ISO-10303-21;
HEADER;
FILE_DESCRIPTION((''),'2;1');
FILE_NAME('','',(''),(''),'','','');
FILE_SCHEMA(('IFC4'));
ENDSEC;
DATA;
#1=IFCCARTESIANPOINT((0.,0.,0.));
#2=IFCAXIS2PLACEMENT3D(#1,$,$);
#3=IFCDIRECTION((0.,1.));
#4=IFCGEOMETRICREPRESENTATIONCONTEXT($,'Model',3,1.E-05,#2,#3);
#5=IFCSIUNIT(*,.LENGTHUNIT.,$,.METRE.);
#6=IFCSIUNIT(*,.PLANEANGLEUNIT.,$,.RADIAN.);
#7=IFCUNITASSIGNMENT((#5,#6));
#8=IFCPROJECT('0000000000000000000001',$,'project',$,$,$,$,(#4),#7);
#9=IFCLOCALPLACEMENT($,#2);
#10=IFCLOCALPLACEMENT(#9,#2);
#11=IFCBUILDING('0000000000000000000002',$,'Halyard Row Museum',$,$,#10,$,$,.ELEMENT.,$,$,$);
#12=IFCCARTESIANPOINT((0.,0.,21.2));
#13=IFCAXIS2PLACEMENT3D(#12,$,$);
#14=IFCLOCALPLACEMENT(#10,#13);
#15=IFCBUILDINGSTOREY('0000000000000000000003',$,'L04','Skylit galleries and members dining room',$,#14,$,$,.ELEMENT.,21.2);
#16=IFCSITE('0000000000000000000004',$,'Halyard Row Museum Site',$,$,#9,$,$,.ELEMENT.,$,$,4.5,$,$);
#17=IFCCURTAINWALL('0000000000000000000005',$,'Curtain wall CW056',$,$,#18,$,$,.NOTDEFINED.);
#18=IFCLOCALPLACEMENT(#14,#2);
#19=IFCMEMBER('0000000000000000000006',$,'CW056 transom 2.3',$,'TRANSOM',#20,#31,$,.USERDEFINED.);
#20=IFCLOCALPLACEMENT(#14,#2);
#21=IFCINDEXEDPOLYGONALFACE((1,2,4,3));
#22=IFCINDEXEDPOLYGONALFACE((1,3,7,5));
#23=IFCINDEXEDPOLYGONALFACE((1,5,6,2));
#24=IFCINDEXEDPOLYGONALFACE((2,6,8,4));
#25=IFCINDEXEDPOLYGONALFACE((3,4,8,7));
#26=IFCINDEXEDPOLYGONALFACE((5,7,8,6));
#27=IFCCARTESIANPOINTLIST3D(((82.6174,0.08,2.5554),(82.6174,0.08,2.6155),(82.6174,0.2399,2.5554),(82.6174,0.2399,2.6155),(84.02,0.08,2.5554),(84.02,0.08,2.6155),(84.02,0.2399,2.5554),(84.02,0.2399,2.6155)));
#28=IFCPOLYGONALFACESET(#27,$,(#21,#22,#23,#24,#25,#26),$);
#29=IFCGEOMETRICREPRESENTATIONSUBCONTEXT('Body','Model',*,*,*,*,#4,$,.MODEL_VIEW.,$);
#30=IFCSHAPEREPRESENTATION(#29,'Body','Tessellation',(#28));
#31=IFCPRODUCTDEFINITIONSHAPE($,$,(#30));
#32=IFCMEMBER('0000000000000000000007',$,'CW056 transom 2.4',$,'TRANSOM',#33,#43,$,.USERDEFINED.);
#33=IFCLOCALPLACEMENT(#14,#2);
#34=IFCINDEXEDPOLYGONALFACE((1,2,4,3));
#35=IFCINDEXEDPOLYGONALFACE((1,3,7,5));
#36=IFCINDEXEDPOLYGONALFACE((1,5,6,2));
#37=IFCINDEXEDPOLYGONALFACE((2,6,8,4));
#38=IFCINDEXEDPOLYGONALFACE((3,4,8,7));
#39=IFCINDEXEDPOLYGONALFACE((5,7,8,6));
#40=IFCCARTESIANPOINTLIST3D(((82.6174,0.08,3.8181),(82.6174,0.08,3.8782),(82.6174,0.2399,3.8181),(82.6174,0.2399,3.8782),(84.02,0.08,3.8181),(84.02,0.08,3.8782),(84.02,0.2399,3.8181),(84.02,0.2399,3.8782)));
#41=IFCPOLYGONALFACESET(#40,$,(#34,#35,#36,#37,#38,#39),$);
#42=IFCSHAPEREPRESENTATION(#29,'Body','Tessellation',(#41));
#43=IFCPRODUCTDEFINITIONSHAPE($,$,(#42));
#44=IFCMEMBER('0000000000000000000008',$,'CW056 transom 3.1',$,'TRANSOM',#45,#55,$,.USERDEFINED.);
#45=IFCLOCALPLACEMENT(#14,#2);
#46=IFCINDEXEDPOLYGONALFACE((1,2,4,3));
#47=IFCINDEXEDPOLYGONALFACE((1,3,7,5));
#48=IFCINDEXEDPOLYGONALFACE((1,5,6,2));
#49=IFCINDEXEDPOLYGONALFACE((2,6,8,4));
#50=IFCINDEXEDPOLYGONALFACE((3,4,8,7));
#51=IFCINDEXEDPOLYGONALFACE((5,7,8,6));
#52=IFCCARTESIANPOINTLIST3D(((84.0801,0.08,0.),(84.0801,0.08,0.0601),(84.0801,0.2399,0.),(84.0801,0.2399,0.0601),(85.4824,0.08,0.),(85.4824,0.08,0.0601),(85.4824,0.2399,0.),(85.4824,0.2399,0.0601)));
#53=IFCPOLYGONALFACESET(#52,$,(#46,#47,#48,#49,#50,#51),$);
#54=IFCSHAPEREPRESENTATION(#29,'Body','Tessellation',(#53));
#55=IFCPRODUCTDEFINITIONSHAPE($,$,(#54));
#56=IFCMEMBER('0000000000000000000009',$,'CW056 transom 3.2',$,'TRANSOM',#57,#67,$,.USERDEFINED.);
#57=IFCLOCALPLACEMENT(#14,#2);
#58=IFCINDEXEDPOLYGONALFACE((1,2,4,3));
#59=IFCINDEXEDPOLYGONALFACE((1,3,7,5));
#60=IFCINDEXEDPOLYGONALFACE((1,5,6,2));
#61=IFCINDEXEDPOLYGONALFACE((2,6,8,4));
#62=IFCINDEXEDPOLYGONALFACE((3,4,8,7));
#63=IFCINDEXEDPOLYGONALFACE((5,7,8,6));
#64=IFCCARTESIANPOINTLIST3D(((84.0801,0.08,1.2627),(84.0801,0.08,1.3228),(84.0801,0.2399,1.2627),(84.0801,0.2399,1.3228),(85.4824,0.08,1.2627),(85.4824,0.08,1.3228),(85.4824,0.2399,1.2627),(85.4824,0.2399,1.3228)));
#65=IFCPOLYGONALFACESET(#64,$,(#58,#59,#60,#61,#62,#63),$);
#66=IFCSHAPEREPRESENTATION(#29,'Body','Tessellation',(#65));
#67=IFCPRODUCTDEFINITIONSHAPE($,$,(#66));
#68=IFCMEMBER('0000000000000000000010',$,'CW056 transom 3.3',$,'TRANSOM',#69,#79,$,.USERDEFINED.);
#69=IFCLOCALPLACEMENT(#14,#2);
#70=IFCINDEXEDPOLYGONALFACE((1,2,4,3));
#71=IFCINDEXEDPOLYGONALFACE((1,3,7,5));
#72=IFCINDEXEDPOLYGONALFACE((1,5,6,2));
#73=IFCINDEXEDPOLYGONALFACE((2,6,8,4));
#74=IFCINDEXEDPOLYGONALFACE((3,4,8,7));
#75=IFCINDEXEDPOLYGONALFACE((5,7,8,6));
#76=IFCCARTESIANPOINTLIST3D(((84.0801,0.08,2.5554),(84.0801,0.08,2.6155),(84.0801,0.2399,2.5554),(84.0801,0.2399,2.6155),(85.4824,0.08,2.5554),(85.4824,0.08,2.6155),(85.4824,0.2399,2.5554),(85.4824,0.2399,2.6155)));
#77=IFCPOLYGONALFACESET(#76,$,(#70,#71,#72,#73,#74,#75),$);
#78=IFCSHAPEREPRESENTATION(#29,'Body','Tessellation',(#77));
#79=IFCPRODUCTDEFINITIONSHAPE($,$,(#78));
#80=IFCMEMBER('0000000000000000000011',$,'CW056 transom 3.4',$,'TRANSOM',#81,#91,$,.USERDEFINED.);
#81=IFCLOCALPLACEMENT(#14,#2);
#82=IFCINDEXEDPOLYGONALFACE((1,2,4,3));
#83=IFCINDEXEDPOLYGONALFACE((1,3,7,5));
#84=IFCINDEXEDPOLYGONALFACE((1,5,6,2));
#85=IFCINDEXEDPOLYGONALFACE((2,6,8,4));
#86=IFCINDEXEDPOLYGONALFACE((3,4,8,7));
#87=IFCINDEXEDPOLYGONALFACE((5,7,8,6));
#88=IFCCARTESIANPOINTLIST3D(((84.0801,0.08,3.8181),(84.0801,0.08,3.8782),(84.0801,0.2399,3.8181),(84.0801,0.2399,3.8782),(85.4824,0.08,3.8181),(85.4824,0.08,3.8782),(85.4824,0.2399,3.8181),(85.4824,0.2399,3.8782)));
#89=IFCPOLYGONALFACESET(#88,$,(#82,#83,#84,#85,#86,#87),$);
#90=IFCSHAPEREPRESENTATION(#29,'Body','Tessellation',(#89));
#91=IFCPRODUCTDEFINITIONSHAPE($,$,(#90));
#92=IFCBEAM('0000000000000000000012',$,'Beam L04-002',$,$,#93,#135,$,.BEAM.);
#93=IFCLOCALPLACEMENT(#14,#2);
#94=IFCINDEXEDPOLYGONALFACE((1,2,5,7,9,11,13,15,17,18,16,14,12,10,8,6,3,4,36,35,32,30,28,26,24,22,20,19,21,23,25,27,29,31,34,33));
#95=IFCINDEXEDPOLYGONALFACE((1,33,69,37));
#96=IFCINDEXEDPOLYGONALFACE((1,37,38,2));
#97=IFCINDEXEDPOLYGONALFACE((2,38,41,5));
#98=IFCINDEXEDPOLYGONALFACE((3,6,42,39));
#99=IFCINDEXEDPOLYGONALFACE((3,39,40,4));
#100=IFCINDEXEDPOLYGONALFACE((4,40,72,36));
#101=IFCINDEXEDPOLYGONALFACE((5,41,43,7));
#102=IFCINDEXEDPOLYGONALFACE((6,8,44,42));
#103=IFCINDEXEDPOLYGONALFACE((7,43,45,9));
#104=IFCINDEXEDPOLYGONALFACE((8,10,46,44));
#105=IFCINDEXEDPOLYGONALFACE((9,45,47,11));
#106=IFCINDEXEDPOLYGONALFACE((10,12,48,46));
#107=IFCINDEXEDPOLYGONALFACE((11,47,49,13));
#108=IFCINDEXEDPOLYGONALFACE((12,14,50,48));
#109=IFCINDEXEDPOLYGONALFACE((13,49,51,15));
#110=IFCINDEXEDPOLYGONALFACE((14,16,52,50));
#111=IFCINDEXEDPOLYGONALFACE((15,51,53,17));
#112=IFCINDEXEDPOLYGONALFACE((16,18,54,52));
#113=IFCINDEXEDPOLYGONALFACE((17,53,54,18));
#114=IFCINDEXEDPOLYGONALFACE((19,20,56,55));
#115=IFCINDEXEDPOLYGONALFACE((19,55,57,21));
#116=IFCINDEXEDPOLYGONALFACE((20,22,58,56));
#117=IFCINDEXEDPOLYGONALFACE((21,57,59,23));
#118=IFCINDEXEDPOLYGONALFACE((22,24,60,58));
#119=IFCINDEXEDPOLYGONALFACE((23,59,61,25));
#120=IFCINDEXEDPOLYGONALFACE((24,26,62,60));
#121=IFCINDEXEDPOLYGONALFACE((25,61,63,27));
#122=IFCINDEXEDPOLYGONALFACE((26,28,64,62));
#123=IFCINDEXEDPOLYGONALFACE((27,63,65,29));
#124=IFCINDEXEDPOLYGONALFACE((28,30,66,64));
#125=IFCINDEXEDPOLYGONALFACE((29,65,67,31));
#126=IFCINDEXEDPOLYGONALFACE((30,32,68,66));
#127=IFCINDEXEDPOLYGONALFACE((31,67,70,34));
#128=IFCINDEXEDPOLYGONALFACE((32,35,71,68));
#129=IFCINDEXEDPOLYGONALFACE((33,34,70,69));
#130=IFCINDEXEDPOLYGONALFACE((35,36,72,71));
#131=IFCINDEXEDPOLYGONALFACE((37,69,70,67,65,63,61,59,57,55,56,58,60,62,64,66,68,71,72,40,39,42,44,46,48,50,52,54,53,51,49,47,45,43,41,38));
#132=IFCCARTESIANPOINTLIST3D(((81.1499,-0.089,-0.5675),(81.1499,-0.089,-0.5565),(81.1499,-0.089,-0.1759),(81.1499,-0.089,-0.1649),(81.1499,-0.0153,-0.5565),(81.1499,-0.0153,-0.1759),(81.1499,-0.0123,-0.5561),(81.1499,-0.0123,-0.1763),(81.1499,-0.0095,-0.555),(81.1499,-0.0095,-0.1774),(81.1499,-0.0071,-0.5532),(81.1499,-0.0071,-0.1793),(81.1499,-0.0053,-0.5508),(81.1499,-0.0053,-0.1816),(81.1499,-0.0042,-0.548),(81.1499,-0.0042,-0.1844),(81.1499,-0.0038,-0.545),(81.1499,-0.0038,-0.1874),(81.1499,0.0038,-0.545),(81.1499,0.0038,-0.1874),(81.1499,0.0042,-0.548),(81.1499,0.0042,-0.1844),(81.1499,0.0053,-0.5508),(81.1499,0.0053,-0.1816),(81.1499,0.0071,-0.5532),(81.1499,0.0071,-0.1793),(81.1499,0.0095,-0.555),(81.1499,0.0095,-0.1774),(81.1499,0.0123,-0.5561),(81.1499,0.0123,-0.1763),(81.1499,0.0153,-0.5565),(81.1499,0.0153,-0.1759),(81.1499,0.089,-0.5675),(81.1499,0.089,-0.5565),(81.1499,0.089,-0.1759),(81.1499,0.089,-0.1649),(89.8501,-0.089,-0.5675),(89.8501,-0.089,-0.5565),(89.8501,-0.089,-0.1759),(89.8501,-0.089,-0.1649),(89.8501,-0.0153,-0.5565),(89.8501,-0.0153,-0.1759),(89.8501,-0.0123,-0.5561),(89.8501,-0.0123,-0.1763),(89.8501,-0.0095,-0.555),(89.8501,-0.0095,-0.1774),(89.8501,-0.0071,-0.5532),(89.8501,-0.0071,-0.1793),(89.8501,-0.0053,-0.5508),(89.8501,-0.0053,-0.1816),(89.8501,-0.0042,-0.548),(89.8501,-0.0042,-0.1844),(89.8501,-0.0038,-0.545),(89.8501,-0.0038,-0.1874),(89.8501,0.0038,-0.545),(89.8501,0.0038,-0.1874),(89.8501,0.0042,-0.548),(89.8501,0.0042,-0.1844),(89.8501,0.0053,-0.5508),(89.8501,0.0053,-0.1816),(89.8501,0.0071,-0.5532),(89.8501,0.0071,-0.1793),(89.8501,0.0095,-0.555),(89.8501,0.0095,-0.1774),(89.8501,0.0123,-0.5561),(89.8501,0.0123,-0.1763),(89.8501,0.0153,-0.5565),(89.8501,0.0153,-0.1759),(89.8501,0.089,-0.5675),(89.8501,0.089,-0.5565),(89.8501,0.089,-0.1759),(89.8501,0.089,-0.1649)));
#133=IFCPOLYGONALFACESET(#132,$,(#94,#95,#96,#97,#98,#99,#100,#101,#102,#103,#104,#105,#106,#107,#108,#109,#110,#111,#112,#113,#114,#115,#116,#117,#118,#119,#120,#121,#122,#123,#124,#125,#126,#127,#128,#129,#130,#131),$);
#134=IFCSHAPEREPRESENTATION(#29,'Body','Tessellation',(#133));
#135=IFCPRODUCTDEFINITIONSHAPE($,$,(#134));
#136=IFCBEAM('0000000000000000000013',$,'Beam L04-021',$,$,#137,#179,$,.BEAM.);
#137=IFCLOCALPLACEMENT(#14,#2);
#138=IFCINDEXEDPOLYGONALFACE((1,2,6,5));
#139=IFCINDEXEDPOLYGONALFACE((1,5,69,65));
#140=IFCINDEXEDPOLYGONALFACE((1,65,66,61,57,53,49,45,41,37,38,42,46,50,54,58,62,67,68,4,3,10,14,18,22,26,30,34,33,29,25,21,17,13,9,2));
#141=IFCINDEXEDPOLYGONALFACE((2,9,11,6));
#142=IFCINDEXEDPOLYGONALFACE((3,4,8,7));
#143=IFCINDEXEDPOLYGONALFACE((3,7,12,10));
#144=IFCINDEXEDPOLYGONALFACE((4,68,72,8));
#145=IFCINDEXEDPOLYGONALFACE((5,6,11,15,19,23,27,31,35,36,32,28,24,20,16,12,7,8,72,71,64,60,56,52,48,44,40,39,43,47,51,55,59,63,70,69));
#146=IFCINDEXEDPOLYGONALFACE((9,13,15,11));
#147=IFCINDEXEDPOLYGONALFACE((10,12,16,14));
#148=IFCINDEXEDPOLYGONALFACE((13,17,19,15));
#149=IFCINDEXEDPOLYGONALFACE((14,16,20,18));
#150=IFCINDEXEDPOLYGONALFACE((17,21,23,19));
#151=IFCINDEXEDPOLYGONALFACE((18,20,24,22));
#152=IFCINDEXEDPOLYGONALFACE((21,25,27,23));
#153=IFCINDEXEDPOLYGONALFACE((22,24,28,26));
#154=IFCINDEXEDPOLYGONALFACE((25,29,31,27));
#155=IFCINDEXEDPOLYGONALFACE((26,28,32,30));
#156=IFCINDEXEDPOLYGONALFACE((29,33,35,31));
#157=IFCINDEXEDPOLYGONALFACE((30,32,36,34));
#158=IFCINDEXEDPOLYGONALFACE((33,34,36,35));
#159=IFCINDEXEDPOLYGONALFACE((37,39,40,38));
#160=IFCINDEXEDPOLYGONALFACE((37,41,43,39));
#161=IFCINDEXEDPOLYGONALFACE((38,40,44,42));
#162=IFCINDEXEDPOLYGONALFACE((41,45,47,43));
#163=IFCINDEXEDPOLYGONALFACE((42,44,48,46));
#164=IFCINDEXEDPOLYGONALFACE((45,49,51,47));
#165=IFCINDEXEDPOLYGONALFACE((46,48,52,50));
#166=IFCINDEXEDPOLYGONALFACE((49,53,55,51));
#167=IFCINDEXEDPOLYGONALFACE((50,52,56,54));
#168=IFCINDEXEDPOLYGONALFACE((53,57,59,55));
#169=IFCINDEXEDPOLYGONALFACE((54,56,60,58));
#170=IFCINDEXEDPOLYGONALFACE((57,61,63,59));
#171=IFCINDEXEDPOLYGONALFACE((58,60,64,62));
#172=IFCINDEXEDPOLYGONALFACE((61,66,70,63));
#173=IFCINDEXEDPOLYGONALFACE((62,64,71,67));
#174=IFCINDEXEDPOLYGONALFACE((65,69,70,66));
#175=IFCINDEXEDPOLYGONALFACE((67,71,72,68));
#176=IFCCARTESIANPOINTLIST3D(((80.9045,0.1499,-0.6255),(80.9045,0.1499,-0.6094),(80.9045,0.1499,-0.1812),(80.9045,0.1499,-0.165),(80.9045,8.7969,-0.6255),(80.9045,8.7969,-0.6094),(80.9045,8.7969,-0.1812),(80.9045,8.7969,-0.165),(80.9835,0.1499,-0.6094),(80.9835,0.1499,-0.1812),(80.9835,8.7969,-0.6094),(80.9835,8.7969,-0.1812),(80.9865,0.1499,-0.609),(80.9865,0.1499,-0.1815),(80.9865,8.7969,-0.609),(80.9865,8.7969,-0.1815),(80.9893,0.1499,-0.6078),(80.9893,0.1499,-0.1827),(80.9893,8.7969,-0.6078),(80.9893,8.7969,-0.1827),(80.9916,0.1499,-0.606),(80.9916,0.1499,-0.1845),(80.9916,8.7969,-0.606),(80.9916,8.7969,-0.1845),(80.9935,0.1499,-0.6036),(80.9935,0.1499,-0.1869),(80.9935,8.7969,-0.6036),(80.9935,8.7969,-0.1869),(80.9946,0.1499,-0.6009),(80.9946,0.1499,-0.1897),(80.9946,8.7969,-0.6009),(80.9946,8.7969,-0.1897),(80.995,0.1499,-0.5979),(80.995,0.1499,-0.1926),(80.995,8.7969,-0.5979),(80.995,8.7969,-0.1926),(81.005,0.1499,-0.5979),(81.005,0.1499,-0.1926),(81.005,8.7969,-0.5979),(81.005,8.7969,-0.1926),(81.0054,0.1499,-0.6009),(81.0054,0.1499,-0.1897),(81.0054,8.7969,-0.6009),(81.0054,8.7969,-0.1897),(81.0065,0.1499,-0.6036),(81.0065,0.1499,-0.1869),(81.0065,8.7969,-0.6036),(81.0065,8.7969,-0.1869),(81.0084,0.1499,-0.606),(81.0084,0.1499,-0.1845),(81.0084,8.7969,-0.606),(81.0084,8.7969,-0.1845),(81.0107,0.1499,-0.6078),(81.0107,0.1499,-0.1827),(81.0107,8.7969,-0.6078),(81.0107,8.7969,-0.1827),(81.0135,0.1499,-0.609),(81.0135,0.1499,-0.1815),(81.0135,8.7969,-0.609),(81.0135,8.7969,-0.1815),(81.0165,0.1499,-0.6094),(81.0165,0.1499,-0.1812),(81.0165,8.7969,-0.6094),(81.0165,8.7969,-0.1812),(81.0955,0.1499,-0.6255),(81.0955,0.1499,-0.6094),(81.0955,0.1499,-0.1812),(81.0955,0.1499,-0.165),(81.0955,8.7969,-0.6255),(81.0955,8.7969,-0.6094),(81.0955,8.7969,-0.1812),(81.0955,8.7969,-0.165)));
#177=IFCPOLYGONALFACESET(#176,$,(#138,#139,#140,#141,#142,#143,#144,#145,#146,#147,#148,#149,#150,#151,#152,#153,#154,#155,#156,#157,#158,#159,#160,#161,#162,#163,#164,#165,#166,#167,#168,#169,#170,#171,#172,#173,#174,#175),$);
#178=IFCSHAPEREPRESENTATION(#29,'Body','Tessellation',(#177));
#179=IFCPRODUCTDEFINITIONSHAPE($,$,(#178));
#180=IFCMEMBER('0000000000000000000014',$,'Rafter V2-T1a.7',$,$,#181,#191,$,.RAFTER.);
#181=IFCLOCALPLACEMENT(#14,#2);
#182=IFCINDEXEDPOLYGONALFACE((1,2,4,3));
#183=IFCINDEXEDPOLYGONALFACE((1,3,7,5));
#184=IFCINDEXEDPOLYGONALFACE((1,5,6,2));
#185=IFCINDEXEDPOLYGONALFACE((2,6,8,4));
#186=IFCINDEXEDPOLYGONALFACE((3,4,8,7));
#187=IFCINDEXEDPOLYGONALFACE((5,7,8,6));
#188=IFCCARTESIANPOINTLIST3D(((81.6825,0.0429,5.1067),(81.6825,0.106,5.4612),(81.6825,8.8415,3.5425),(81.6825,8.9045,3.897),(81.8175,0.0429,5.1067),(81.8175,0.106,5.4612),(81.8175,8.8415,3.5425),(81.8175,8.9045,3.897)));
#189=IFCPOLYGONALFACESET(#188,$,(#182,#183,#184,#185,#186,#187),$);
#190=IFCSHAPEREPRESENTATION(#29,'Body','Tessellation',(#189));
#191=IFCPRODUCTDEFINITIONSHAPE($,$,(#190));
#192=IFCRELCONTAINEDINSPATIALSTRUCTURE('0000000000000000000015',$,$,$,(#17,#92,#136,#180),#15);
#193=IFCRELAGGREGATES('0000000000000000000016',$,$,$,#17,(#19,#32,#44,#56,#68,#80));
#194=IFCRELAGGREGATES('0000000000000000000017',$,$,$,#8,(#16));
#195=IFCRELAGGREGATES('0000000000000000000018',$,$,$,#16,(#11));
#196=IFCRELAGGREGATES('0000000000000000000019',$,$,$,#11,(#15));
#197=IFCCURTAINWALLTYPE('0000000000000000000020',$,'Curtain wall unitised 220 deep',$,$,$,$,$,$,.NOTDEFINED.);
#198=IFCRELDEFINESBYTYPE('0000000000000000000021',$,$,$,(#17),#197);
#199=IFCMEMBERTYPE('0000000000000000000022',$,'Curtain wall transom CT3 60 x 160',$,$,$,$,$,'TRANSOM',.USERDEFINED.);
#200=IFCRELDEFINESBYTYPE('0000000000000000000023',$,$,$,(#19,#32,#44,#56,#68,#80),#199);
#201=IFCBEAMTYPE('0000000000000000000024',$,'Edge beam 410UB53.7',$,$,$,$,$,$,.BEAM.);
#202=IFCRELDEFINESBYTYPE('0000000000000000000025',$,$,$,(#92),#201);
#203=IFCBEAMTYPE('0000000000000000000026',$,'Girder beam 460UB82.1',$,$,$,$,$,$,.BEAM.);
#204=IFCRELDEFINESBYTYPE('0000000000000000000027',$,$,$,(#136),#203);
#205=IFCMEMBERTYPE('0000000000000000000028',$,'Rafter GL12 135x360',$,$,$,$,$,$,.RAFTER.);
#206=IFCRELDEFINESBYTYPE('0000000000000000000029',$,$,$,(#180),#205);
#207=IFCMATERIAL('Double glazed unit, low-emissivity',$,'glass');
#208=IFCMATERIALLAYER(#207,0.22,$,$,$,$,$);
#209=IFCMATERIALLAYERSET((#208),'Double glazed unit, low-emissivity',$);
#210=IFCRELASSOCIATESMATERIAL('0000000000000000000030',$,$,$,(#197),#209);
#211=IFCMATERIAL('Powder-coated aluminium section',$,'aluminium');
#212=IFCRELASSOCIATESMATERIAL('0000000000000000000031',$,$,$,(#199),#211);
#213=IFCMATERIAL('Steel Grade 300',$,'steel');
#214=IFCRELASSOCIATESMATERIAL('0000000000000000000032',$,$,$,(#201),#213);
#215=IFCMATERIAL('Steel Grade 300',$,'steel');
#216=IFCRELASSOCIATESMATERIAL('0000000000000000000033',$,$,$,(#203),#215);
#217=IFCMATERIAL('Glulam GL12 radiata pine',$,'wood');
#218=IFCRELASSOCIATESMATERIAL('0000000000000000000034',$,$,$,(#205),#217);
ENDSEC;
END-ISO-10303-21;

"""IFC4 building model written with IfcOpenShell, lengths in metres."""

from ifc_helpers import new_model, si_unit, direction, frame, origin, origin_2d, place, context, subcontext, project, spatial, rectangle, i_section, extrude, material, layer, layer_set, material_profile, profile_set, type_object, element, aggregate, save


model = new_model("IFC4")

# Units and contexts
model_context = context("Model", 3, precision=1e-05, world=origin(), true_north=direction((0.0, 1.0)))
body_context = subcontext(model_context, "Body", "Model", "MODEL_VIEW")
ifc_project = project(units=[si_unit("LENGTHUNIT", "METRE"), si_unit("PLANEANGLEUNIT", "RADIAN")], contexts=[model_context])

# Site, building, storey
site_placement = place(None, origin())
site = spatial("IfcSite", under=ifc_project, at=site_placement, Name="Halyard Row Museum Site", CompositionType="ELEMENT", RefElevation=4.5)
building_placement = place(site_placement, origin())
building = spatial("IfcBuilding", under=site, at=building_placement, Name="Halyard Row Museum", CompositionType="ELEMENT")
storey_placement = place(building_placement, frame((0.0, 0.0, 21.2)))
storey = spatial("IfcBuildingStorey", under=building, at=storey_placement, Name="L04", Description="Skylit galleries and members dining room", CompositionType="ELEMENT", Elevation=21.2)

# Curtain wall, members
ifc_material_1 = material(Name="Double glazed unit, low-emissivity", Category="glass")
ifc_layer_1 = layer(ifc_material_1, 0.22)
ifc_layer_set_1 = layer_set([ifc_layer_1], Name="Double glazed unit, low-emissivity")
curtain_wall_type = type_object("IfcCurtainWallType", Name="Curtain wall unitised 220 deep", PredefinedType="NOTDEFINED", material=ifc_layer_set_1)
curtain_wall_placement = place(storey_placement, origin())
curtain_wall = element("IfcCurtainWall", 1, at=curtain_wall_placement, inside=storey, type_object=curtain_wall_type, Name="Curtain wall CW056", PredefinedType="NOTDEFINED")
ifc_material_2 = material(Name="Powder-coated aluminium section", Category="aluminium")
ifc_material_profile_1 = material_profile(ifc_material_2, rectangle(XDim=0.1599, YDim=0.0601, at=origin_2d()), Name="160x60 transom")
ifc_profile_set_1 = profile_set([ifc_material_profile_1], Name="Powder-coated aluminium section")
member_type_1 = type_object("IfcMemberType", Name="Curtain wall transom CT3 60 x 160", ElementType="TRANSOM", PredefinedType="USERDEFINED", material=ifc_profile_set_1)
member_1_placement = place(storey_placement, frame((82.6174, 0.1599, 2.5854), z_axis=(1.0, 0.0, 0.0), x_axis=(0.0, 1.0, 0.0)))
member_1 = element("IfcMember", 2, at=member_1_placement, type_object=member_type_1, Name="CW056 transom 2.3", ObjectType="TRANSOM", PredefinedType="USERDEFINED", context=body_context, shape_type="SweptSolid", body=[
    extrude(rectangle(XDim=0.1599, YDim=0.0601, at=origin_2d()), origin(), (0.0, 0.0, 1.0), 1.4026),
])
member_2_placement = place(storey_placement, frame((82.6174, 0.1599, 3.8481), z_axis=(1.0, 0.0, 0.0), x_axis=(0.0, 1.0, 0.0)))
member_2 = element("IfcMember", 3, at=member_2_placement, type_object=member_type_1, Name="CW056 transom 2.4", ObjectType="TRANSOM", PredefinedType="USERDEFINED", context=body_context, shape_type="SweptSolid", body=[
    extrude(rectangle(XDim=0.1599, YDim=0.0601, at=origin_2d()), origin(), (0.0, 0.0, 1.0), 1.4026),
])
member_3_placement = place(storey_placement, frame((84.0801, 0.1599, 0.03), z_axis=(1.0, 0.0, 0.0), x_axis=(0.0, 1.0, 0.0)))
member_3 = element("IfcMember", 4, at=member_3_placement, type_object=member_type_1, Name="CW056 transom 3.1", ObjectType="TRANSOM", PredefinedType="USERDEFINED", context=body_context, shape_type="SweptSolid", body=[
    extrude(rectangle(XDim=0.1599, YDim=0.0601, at=origin_2d()), origin(), (0.0, 0.0, 1.0), 1.4023),
])
member_4_placement = place(storey_placement, frame((84.0801, 0.1599, 1.2927), z_axis=(1.0, 0.0, 0.0), x_axis=(0.0, 1.0, 0.0)))
member_4 = element("IfcMember", 5, at=member_4_placement, type_object=member_type_1, Name="CW056 transom 3.2", ObjectType="TRANSOM", PredefinedType="USERDEFINED", context=body_context, shape_type="SweptSolid", body=[
    extrude(rectangle(XDim=0.1599, YDim=0.0601, at=origin_2d()), origin(), (0.0, 0.0, 1.0), 1.4023),
])
member_5_placement = place(storey_placement, frame((84.0801, 0.1599, 2.5854), z_axis=(1.0, 0.0, 0.0), x_axis=(0.0, 1.0, 0.0)))
member_5 = element("IfcMember", 6, at=member_5_placement, type_object=member_type_1, Name="CW056 transom 3.3", ObjectType="TRANSOM", PredefinedType="USERDEFINED", context=body_context, shape_type="SweptSolid", body=[
    extrude(rectangle(XDim=0.1599, YDim=0.0601, at=origin_2d()), origin(), (0.0, 0.0, 1.0), 1.4023),
])
member_6_placement = place(storey_placement, frame((84.0801, 0.1599, 3.8481), z_axis=(1.0, 0.0, 0.0), x_axis=(0.0, 1.0, 0.0)))
member_6 = element("IfcMember", 7, at=member_6_placement, type_object=member_type_1, Name="CW056 transom 3.4", ObjectType="TRANSOM", PredefinedType="USERDEFINED", context=body_context, shape_type="SweptSolid", body=[
    extrude(rectangle(XDim=0.1599, YDim=0.0601, at=origin_2d()), origin(), (0.0, 0.0, 1.0), 1.4023),
])

# Beams
ifc_material_3 = material(Name="Steel Grade 300", Category="steel")
ifc_material_profile_2 = material_profile(ifc_material_3, i_section(OverallWidth=0.178, OverallDepth=0.4026, WebThickness=0.0076, FlangeThickness=0.011, FilletRadius=0.0115, at=origin_2d()), Name="410UB53.7")
ifc_profile_set_2 = profile_set([ifc_material_profile_2], Name="Steel Grade 300")
beam_type_1 = type_object("IfcBeamType", Name="Edge beam 410UB53.7", PredefinedType="BEAM", material=ifc_profile_set_2)
beam_1_placement = place(storey_placement, frame((81.1499, 0.0, -0.3662), z_axis=(1.0, 0.0, 0.0), x_axis=(0.0, 1.0, 0.0)))
element("IfcBeam", 8, at=beam_1_placement, inside=storey, type_object=beam_type_1, Name="Beam L04-002", PredefinedType="BEAM", context=body_context, shape_type="SweptSolid", body=[
    extrude(i_section(OverallWidth=0.178, OverallDepth=0.4026, WebThickness=0.0076, FlangeThickness=0.011, FilletRadius=0.0115, at=origin_2d()), origin(), (0.0, 0.0, 1.0), 8.7002),
])
ifc_material_4 = material(Name="Steel Grade 300", Category="steel")
ifc_material_profile_3 = material_profile(ifc_material_4, i_section(OverallWidth=0.1909, OverallDepth=0.4604, WebThickness=0.01, FlangeThickness=0.0161, FilletRadius=0.0115, at=origin_2d()), Name="460UB82.1")
ifc_profile_set_3 = profile_set([ifc_material_profile_3], Name="Steel Grade 300")
beam_type_2 = type_object("IfcBeamType", Name="Girder beam 460UB82.1", PredefinedType="BEAM", material=ifc_profile_set_3)
beam_2_placement = place(storey_placement, frame((81.0, 0.1499, -0.3953), z_axis=(0.0, 1.0, 0.0), x_axis=(-1.0, 0.0, 0.0)))
element("IfcBeam", 9, at=beam_2_placement, inside=storey, type_object=beam_type_2, Name="Beam L04-021", PredefinedType="BEAM", context=body_context, shape_type="SweptSolid", body=[
    extrude(i_section(OverallWidth=0.1909, OverallDepth=0.4604, WebThickness=0.01, FlangeThickness=0.0161, FilletRadius=0.0115, at=origin_2d()), origin(), (0.0, 0.0, 1.0), 8.647),
])

# Member
ifc_material_5 = material(Name="Glulam GL12 radiata pine", Category="wood")
ifc_material_profile_4 = material_profile(ifc_material_5, rectangle(XDim=0.135, YDim=0.3601, at=origin_2d()), Name="GL12 135x360")
ifc_profile_set_4 = profile_set([ifc_material_profile_4], Name="Glulam GL12 radiata pine")
member_type_2 = type_object("IfcMemberType", Name="Rafter GL12 135x360", PredefinedType="RAFTER", material=ifc_profile_set_4)
for number, where, z_axis, x_axis, name in (
    (10, (81.75, 0.0745, 5.2839), (0.0, 0.984562, -0.175035), (-1.0, 0.0, 0.0), "Rafter V2-T1a.7"),
):
    element("IfcMember", number, at=place(storey_placement, frame(where, z_axis=z_axis, x_axis=x_axis)), inside=storey, type_object=member_type_2, Name=name, PredefinedType="RAFTER", context=body_context, shape_type="SweptSolid", body=[
        extrude(rectangle(XDim=0.135, YDim=0.3601, at=origin_2d()), origin(), (0.0, 0.0, 1.0), 8.9365),
    ])

aggregate(curtain_wall, [member_1, member_2, member_3, member_4, member_5, member_6])

save(model, "model.ifc")
